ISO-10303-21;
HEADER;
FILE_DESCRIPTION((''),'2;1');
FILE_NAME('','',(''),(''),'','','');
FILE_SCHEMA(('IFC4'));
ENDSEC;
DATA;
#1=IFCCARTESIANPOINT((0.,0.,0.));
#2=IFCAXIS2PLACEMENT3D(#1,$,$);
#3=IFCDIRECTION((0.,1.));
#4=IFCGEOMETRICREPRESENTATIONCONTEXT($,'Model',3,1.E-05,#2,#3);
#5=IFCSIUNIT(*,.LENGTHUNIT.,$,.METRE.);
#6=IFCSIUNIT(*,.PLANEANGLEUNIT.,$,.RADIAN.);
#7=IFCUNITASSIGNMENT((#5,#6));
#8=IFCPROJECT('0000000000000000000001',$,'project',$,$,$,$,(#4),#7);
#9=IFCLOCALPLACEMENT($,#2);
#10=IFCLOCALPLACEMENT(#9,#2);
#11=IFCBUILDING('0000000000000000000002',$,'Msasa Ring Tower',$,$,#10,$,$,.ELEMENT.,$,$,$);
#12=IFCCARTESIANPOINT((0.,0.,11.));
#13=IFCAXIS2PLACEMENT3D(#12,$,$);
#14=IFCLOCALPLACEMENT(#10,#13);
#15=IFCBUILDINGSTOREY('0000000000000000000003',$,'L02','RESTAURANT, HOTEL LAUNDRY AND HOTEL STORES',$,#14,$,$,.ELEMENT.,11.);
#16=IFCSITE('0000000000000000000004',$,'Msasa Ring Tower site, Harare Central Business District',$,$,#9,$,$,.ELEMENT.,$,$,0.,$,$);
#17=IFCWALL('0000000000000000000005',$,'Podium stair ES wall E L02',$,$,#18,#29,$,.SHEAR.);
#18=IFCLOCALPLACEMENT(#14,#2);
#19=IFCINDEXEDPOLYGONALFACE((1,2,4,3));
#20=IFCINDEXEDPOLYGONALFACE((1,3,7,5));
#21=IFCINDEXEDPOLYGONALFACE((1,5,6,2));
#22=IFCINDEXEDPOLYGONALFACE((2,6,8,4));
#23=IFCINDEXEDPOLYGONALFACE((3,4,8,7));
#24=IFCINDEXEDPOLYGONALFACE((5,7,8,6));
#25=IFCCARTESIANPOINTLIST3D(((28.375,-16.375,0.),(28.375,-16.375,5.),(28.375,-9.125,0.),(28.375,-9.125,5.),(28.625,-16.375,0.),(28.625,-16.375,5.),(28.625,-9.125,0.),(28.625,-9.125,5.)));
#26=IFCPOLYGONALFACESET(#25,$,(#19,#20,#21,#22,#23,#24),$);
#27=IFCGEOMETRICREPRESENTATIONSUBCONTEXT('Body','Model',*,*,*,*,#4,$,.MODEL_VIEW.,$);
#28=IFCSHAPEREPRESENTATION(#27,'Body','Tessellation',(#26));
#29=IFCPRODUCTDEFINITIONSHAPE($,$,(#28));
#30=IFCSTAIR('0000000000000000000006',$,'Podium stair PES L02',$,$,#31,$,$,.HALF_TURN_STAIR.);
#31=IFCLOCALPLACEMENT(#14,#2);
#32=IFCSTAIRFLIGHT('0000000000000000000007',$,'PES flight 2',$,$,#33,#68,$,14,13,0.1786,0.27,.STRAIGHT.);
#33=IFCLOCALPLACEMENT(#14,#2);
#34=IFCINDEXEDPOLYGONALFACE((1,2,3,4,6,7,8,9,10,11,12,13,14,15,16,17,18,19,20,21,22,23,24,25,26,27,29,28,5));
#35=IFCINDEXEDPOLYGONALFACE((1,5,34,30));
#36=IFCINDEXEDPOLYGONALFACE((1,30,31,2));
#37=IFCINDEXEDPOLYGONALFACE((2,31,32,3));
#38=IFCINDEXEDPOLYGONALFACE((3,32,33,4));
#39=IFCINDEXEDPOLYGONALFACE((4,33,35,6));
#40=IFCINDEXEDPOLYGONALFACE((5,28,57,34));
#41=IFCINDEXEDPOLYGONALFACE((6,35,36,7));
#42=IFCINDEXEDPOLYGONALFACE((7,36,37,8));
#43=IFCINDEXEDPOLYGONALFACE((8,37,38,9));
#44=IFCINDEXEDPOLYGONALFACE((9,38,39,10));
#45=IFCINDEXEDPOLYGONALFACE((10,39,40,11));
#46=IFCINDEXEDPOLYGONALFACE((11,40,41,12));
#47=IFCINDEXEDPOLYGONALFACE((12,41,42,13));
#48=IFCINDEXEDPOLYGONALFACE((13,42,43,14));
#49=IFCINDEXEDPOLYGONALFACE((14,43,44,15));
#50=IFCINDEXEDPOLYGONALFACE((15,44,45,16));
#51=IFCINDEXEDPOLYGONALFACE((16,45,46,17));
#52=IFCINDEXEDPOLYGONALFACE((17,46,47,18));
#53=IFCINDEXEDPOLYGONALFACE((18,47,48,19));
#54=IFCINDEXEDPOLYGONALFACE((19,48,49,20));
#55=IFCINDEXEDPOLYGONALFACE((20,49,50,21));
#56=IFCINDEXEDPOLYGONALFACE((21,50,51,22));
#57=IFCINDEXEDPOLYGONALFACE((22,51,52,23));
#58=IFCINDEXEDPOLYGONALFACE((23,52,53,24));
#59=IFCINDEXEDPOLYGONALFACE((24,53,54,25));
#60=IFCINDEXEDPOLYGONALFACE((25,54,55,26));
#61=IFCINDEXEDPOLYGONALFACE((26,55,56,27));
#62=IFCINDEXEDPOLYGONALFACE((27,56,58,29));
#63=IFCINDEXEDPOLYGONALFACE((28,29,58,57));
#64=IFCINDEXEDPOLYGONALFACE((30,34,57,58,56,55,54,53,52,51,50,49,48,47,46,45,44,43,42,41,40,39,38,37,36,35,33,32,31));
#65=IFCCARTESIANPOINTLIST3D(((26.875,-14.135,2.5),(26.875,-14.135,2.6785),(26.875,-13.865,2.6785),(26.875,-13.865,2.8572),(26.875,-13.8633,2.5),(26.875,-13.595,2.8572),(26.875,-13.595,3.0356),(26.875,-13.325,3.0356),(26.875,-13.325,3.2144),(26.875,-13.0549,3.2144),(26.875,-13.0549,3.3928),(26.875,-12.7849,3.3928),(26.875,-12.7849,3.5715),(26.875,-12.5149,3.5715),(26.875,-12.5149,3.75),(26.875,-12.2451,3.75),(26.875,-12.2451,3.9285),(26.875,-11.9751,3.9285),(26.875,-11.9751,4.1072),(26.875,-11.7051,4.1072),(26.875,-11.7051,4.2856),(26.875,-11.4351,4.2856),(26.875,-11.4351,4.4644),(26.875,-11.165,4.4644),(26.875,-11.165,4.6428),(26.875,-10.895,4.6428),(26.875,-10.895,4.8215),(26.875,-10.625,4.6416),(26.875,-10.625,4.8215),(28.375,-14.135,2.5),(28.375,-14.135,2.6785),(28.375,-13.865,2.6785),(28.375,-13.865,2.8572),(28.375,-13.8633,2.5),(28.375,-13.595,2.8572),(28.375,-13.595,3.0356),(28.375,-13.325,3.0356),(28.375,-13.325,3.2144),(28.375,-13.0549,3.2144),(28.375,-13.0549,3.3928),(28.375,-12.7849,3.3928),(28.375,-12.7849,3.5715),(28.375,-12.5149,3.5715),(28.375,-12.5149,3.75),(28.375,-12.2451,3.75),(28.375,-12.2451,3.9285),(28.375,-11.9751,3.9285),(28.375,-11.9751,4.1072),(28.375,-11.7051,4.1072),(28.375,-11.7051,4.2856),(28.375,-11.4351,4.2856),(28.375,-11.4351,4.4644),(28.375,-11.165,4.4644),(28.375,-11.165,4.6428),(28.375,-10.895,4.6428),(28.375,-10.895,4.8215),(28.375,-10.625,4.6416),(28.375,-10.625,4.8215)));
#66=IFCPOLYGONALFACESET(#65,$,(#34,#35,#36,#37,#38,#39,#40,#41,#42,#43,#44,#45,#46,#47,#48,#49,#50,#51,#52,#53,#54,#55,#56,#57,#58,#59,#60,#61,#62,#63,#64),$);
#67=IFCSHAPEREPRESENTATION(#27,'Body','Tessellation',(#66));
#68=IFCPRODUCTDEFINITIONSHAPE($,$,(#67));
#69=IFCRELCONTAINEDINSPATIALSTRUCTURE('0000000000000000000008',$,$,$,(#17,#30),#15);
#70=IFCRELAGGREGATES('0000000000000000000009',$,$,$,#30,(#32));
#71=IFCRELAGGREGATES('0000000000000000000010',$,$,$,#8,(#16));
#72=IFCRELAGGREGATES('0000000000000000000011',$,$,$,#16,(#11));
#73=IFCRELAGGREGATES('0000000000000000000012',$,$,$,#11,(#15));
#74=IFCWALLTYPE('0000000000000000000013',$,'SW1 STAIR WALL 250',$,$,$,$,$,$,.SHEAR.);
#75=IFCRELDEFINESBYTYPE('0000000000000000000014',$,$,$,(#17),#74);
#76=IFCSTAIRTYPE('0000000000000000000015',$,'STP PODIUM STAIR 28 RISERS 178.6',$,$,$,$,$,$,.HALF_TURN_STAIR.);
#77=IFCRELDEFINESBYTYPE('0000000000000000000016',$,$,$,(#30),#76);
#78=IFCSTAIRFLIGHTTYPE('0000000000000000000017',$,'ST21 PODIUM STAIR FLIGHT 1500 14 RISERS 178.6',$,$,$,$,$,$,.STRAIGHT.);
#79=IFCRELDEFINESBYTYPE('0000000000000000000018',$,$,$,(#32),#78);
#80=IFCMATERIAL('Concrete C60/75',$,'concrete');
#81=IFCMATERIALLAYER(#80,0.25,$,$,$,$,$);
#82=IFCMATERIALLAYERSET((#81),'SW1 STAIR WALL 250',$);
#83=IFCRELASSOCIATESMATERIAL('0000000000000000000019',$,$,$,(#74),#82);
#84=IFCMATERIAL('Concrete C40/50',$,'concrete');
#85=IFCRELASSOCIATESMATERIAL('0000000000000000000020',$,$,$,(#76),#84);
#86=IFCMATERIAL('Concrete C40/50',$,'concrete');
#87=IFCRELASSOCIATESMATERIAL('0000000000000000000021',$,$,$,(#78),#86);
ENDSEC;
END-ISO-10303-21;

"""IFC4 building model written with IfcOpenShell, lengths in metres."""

from ifc_helpers import new_model, si_unit, direction, frame, frame_2d, origin, place, context, subcontext, project, spatial, polyline, rectangle, outline, extrude, material, layer, layer_set, type_object, element, aggregate, save


model = new_model("IFC4")

# Units and contexts
model_context = context("Model", 3, precision=1e-05, world=origin(), true_north=direction((0.0, 1.0)))
body_context = subcontext(model_context, "Body", "Model", "MODEL_VIEW")
ifc_project = project(units=[si_unit("LENGTHUNIT", "METRE"), si_unit("PLANEANGLEUNIT", "RADIAN")], contexts=[model_context])

# Site, building, storey
site_placement = place(None, origin())
site = spatial("IfcSite", under=ifc_project, at=site_placement, Name="Msasa Ring Tower site, Harare Central Business District", CompositionType="ELEMENT", RefElevation=0.0)
building_placement = place(site_placement, origin())
building = spatial("IfcBuilding", under=site, at=building_placement, Name="Msasa Ring Tower", CompositionType="ELEMENT")
storey_placement = place(building_placement, frame((0.0, 0.0, 11.0)))
storey = spatial("IfcBuildingStorey", under=building, at=storey_placement, Name="L02", Description="RESTAURANT, HOTEL LAUNDRY AND HOTEL STORES", CompositionType="ELEMENT", Elevation=11.0)

# Wall
ifc_material_1 = material(Name="Concrete C60/75", Category="concrete")
ifc_layer_1 = layer(ifc_material_1, 0.25)
ifc_layer_set_1 = layer_set([ifc_layer_1], Name="SW1 STAIR WALL 250")
wall_type_1 = type_object("IfcWallType", Name="SW1 STAIR WALL 250", PredefinedType="SHEAR", material=ifc_layer_set_1)
for number, where, z_axis, x_axis, name in (
    (1, (28.5, -16.375, 0.0), (0.0, 0.0, 1.0), (0.0, 1.0, 0.0), "Podium stair ES wall E L02"),
):
    element("IfcWall", number, at=place(storey_placement, frame(where, z_axis=z_axis, x_axis=x_axis)), inside=storey, type_object=wall_type_1, Name=name, PredefinedType="SHEAR", context=body_context, shape_type="SweptSolid", body=[
        extrude(rectangle(XDim=7.25, YDim=0.25, at=frame_2d((3.625, 0.0))), origin(), (0.0, 0.0, 1.0), 5.0),
    ])

# Stair, stair flight
ifc_material_2 = material(Name="Concrete C40/50", Category="concrete")
stair_type = type_object("IfcStairType", Name="STP PODIUM STAIR 28 RISERS 178.6", PredefinedType="HALF_TURN_STAIR", material=ifc_material_2)
stair_placement = place(storey_placement, origin())
stair = element("IfcStair", 2, at=stair_placement, inside=storey, type_object=stair_type, Name="Podium stair PES L02", PredefinedType="HALF_TURN_STAIR")
ifc_material_3 = material(Name="Concrete C40/50", Category="concrete")
stair_flight_type = type_object("IfcStairFlightType", Name="ST21 PODIUM STAIR FLIGHT 1500 14 RISERS 178.6", PredefinedType="STRAIGHT", material=ifc_material_3)
stair_flight_placement = place(storey_placement, frame((27.625, -14.135, 2.5), z_axis=(0.0, 0.0, 1.0), x_axis=(0.0, 1.0, 0.0)))
stair_flight = element("IfcStairFlight", 3, at=stair_flight_placement, type_object=stair_flight_type, Name="PES flight 2", NumberOfRisers=14, NumberOfTreads=13, PredefinedType="STRAIGHT", RiserHeight=0.1786, TreadLength=0.27, context=body_context, shape_type="SweptSolid", body=[
    extrude(outline(polyline([(0.0, 0.0), (0.0, 0.1785), (0.27, 0.1785), (0.27, 0.3572), (0.54, 0.3572), (0.54, 0.5356), (0.8101, 0.5356), (0.8101, 0.7144), (1.0801, 0.7144), (1.0801, 0.8928), (1.3501, 0.8928), (1.3501, 1.0715), (1.6201, 1.0715), (1.6201, 1.25), (1.8899, 1.25), (1.8899, 1.4285), (2.1599, 1.4285), (2.1599, 1.6072), (2.4299, 1.6072), (2.4299, 1.7856), (2.7, 1.7856), (2.7, 1.9644), (2.97, 1.9644), (2.97, 2.1428), (3.24, 2.1428), (3.24, 2.3215), (3.51, 2.3215), (3.51, 2.5), (3.51, 2.1416), (0.2717, 0.0), (0.0, 0.0)])), frame((0.0, 0.75, 0.0), z_axis=(0.0, -1.0, 0.0), x_axis=(1.0, 0.0, 0.0)), (0.0, 0.0, 1.0), 1.5),
])
aggregate(stair, [stair_flight])

save(model, "model.ifc")
